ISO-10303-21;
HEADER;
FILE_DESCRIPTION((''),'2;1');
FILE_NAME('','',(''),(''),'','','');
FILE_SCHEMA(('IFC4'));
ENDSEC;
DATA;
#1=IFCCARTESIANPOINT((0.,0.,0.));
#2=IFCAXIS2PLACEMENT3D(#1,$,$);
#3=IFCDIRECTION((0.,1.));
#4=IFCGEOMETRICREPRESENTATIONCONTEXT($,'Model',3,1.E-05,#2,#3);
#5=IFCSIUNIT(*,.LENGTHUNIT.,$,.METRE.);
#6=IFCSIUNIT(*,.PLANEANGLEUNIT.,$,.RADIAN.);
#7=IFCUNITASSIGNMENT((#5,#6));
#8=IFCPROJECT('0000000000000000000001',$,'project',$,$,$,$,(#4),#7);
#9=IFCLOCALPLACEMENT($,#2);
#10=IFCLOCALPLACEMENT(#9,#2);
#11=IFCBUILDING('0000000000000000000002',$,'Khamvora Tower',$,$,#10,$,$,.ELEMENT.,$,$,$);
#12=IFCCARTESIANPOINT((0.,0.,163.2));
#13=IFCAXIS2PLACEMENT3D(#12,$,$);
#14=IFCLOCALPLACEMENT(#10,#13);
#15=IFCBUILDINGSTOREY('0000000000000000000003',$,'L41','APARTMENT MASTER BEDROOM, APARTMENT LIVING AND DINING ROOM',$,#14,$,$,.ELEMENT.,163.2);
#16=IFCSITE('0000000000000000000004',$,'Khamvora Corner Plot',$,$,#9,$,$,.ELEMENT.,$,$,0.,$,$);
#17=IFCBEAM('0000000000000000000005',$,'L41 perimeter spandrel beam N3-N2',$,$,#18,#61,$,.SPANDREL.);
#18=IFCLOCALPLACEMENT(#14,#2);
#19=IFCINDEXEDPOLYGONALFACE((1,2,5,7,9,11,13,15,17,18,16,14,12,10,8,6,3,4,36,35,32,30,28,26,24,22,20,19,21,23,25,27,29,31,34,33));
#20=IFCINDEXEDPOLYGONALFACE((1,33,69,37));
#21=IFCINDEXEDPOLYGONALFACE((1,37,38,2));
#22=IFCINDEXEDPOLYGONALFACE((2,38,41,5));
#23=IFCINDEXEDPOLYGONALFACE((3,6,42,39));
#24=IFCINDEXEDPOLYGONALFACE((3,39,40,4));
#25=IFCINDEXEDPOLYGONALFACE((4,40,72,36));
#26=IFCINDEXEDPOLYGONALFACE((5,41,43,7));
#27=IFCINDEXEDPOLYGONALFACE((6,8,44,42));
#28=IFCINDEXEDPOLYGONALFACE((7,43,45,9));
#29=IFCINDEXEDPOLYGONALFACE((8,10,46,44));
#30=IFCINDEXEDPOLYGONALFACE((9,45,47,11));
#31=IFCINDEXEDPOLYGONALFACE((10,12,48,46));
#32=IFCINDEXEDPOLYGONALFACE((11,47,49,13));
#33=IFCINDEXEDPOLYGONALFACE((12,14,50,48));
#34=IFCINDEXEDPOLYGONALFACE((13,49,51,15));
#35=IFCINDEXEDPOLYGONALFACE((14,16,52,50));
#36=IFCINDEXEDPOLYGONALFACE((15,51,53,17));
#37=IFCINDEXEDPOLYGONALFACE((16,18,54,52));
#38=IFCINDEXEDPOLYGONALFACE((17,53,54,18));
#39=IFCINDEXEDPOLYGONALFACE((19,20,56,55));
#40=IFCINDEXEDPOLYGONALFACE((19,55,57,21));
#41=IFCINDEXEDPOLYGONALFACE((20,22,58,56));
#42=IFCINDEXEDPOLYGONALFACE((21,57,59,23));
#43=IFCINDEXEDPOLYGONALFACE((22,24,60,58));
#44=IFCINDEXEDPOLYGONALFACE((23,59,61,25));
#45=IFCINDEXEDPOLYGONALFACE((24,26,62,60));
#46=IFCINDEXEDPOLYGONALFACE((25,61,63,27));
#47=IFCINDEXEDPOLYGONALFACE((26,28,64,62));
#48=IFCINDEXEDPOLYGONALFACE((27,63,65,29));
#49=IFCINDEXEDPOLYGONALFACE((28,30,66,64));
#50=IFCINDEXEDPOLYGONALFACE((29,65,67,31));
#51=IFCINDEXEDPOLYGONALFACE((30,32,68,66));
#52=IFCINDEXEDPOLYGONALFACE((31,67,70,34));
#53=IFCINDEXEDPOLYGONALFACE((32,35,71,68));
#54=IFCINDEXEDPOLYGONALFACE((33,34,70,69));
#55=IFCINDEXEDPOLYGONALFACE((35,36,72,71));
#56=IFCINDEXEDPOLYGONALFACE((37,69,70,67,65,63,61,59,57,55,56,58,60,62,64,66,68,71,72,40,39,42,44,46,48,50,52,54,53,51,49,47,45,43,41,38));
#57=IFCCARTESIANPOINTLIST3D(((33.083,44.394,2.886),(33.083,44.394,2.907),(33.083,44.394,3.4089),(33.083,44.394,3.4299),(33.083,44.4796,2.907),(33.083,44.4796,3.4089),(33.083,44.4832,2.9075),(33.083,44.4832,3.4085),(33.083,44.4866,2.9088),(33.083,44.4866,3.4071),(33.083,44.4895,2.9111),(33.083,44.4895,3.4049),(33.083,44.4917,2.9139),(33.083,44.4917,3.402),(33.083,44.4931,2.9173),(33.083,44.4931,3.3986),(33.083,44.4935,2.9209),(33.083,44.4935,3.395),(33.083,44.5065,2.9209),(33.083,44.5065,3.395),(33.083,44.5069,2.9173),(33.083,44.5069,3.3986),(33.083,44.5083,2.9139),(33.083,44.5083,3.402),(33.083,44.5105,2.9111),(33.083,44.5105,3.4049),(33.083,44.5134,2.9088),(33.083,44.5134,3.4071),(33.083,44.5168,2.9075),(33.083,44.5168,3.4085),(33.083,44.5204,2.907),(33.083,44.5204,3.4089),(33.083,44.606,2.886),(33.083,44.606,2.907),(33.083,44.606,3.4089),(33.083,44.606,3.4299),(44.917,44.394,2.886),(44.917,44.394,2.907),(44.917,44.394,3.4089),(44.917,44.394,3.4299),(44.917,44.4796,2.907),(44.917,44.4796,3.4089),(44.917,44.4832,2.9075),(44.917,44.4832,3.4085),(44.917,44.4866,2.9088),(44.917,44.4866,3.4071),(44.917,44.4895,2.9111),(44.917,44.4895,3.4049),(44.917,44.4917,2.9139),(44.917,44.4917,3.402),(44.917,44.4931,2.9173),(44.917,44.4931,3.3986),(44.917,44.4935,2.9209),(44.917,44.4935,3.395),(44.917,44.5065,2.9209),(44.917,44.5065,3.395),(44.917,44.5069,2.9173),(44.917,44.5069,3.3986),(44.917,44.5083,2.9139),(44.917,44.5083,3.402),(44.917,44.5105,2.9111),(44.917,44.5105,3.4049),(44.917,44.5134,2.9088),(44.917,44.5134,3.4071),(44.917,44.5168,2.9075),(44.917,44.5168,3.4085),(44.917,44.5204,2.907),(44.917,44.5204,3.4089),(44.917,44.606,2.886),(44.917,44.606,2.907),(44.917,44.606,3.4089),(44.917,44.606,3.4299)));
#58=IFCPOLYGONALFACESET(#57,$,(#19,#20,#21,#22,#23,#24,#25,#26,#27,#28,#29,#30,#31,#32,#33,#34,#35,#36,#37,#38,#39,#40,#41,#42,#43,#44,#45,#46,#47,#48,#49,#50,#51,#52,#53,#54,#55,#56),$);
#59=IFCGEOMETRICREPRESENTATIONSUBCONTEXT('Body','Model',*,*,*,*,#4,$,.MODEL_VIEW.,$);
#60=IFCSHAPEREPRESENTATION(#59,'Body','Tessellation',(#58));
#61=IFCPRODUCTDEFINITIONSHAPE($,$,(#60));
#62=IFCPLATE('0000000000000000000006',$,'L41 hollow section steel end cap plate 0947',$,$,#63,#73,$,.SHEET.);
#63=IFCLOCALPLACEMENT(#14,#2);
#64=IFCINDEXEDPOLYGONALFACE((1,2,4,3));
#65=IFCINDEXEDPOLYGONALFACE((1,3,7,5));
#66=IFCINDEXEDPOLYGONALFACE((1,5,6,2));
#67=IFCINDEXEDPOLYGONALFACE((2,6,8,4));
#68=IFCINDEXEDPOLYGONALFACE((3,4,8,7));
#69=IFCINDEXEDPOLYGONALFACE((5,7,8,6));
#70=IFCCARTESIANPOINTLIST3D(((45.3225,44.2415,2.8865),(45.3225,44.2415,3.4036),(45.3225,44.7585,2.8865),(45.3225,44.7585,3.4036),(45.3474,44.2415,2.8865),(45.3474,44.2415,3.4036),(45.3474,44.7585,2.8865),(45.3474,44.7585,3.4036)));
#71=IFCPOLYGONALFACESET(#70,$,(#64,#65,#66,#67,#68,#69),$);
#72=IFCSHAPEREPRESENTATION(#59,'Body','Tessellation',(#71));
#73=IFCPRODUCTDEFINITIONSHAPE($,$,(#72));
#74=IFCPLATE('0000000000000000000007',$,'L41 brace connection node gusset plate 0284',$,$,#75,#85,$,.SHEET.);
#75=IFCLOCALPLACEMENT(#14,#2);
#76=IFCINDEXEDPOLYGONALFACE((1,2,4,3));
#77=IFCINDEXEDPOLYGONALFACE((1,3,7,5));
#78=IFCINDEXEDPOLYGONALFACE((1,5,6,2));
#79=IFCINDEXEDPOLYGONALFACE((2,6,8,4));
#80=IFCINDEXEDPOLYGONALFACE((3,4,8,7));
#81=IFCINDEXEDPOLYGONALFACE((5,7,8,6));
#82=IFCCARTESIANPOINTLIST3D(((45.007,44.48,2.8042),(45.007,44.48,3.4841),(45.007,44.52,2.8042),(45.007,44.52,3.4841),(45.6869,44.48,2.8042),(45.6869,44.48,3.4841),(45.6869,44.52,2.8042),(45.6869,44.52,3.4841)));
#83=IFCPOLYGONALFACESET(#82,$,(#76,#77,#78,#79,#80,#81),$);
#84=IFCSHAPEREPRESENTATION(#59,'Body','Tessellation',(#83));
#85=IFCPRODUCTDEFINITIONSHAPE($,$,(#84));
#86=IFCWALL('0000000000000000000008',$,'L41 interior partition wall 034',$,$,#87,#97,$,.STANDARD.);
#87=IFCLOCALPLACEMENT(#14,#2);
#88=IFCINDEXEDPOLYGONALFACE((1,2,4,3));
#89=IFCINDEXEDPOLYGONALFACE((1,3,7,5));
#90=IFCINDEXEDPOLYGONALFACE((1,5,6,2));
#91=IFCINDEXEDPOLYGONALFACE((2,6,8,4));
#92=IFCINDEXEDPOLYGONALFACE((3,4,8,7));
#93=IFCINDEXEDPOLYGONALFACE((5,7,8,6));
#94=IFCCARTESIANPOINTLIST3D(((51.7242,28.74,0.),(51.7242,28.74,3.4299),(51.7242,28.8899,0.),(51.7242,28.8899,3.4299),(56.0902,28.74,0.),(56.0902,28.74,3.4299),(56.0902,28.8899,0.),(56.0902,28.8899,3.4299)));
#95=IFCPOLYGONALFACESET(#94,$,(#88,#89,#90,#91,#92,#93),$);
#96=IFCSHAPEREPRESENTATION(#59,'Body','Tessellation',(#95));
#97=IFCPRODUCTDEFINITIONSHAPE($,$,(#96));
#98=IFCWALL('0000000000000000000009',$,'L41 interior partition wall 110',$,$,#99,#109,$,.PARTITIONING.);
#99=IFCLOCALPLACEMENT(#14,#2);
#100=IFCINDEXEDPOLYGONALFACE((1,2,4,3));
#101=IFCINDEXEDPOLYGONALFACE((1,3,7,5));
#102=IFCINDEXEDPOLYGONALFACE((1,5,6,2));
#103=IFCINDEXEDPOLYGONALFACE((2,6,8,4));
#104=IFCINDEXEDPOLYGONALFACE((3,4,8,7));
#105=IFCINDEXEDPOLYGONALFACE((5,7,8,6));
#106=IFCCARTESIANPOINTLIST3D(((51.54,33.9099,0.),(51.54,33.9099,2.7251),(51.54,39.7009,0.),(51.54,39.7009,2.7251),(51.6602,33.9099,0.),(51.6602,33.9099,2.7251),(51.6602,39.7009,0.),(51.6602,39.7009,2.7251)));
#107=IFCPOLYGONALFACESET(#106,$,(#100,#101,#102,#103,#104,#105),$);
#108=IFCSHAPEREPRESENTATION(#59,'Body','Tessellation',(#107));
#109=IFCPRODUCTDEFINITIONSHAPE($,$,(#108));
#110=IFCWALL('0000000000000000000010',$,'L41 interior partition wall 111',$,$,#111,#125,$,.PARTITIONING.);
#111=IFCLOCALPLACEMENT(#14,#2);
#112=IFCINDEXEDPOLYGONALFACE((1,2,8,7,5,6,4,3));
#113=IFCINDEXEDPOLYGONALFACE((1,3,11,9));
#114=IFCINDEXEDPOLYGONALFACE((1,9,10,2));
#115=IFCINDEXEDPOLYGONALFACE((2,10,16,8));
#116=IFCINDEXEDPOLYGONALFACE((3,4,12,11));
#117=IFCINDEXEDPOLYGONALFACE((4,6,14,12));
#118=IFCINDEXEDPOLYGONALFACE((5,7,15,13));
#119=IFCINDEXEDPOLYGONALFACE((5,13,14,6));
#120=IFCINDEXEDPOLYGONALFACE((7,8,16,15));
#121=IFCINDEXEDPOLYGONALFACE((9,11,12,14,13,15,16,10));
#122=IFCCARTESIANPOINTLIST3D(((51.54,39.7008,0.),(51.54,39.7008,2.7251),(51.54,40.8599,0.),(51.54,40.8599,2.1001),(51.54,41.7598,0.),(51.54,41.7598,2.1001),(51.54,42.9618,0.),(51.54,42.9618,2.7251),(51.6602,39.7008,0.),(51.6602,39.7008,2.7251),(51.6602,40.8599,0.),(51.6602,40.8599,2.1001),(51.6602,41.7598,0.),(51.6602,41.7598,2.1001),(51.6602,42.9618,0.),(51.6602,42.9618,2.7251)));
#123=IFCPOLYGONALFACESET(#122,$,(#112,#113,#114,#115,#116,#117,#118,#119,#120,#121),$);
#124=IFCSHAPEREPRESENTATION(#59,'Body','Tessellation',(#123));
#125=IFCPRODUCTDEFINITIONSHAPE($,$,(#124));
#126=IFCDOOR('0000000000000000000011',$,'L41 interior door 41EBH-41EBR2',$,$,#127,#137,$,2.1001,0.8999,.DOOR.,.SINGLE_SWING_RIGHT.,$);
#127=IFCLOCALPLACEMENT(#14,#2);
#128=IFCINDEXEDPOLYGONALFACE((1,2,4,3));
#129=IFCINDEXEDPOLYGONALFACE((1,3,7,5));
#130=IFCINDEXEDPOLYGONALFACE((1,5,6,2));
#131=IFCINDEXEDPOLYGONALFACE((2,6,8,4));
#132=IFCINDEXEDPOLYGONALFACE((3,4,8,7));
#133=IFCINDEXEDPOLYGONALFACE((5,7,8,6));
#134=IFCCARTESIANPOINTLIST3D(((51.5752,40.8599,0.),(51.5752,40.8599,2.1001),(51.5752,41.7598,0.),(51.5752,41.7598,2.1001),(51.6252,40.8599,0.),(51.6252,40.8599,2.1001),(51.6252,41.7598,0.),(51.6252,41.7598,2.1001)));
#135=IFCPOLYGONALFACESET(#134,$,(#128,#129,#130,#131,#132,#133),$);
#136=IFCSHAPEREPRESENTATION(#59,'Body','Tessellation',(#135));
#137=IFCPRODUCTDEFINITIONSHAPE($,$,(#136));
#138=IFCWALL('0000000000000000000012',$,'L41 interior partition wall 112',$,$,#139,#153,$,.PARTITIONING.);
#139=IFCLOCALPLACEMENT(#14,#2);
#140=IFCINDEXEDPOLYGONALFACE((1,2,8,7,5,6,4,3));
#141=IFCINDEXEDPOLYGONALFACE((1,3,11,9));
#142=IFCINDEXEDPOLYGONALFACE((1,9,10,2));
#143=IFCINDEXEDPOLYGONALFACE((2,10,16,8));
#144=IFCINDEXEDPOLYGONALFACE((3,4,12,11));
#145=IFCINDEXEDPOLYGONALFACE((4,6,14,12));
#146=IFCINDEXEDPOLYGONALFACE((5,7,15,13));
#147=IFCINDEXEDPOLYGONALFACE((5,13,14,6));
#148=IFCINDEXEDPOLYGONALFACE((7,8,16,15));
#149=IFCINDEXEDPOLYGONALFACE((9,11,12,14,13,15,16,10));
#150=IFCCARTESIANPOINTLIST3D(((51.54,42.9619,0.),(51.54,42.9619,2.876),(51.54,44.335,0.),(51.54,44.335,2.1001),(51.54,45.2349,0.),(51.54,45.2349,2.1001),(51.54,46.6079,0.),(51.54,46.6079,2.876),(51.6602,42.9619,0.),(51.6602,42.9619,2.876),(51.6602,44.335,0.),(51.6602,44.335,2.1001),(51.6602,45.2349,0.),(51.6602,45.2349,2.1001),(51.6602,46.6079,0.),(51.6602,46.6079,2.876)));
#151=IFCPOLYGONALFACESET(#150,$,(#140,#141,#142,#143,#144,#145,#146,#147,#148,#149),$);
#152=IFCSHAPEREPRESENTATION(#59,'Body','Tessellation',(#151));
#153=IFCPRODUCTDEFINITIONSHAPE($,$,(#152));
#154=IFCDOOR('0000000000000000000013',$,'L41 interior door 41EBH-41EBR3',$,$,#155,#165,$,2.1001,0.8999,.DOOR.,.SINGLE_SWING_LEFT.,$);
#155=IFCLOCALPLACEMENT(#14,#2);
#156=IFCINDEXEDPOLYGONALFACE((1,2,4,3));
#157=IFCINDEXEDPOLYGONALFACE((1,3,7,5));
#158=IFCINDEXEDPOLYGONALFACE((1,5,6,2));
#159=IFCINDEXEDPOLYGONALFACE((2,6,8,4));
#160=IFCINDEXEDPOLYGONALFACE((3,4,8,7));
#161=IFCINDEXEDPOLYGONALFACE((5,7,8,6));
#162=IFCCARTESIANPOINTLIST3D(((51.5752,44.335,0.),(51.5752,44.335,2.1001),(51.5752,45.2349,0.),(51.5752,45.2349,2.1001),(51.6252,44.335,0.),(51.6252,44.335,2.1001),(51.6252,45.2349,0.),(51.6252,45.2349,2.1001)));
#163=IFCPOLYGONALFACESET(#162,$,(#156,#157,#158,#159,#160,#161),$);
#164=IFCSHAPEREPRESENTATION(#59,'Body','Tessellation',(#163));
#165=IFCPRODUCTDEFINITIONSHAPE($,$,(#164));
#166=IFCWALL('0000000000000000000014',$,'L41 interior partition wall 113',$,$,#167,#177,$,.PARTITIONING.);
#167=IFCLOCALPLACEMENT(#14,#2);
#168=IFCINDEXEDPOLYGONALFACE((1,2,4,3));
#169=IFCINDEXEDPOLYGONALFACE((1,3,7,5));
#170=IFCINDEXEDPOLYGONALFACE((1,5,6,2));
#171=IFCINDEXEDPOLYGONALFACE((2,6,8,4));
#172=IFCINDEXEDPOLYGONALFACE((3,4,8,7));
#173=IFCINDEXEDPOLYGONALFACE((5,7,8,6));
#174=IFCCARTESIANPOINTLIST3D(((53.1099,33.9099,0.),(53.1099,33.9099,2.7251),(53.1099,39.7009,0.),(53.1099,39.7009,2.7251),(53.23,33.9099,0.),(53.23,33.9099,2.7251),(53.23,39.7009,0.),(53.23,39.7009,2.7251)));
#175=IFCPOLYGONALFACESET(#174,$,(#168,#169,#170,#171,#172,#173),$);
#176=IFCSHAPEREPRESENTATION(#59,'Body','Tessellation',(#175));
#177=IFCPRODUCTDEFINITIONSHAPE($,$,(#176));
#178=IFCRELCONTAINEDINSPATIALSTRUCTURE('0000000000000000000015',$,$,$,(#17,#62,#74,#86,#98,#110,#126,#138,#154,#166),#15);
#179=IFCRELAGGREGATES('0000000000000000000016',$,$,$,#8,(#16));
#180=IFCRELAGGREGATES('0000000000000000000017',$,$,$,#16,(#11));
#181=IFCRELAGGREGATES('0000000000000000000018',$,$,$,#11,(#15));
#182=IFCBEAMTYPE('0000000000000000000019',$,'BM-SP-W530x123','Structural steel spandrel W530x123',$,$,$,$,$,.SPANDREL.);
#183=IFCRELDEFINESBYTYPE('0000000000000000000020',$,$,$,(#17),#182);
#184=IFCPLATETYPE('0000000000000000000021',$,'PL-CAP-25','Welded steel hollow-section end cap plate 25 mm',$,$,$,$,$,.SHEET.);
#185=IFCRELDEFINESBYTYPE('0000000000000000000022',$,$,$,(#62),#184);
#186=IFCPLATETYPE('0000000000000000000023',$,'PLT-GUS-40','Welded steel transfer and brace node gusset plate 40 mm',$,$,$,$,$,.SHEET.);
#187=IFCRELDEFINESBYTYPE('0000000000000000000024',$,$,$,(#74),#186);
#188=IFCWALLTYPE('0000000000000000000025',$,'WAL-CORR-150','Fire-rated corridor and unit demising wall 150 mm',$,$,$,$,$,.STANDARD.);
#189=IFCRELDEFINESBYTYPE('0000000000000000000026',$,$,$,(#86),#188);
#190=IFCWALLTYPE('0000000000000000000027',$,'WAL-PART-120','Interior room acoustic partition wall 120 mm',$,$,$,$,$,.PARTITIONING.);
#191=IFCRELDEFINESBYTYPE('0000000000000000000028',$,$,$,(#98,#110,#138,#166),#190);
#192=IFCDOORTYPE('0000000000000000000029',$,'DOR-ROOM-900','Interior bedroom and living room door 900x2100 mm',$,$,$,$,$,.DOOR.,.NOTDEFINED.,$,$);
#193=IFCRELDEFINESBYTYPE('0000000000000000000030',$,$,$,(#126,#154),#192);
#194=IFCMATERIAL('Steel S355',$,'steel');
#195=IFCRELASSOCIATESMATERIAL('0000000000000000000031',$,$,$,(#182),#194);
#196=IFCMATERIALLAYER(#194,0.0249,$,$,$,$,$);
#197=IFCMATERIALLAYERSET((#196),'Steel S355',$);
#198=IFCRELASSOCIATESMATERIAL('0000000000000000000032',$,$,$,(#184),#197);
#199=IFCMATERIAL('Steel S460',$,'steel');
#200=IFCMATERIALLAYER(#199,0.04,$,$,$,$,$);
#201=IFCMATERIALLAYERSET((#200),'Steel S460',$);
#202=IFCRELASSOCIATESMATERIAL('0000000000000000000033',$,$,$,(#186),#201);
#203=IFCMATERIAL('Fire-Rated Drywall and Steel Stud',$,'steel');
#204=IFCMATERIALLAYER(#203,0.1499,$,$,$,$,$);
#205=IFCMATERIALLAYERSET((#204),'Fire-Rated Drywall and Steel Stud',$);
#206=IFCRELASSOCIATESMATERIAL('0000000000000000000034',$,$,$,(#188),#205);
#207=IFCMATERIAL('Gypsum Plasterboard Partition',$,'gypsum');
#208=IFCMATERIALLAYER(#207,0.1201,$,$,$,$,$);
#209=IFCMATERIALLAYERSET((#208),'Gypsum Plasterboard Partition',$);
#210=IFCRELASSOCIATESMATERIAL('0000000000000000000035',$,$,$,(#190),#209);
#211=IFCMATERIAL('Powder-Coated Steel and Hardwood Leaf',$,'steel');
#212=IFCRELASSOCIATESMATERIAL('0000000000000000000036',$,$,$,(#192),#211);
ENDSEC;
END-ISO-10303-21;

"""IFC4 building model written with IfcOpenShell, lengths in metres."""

from ifc_helpers import new_model, si_unit, direction, frame, frame_2d, origin, origin_2d, place, context, subcontext, project, spatial, rectangle, i_section, extrude, material, layer, layer_set, material_profile, profile_set, type_object, element, fill, save


model = new_model("IFC4")

# Units and contexts
model_context = context("Model", 3, precision=1e-05, world=origin(), true_north=direction((0.0, 1.0)))
body_context = subcontext(model_context, "Body", "Model", "MODEL_VIEW")
ifc_project = project(units=[si_unit("LENGTHUNIT", "METRE"), si_unit("PLANEANGLEUNIT", "RADIAN")], contexts=[model_context])

# Site, building, storey
site_placement = place(None, origin())
site = spatial("IfcSite", under=ifc_project, at=site_placement, Name="Khamvora Corner Plot", CompositionType="ELEMENT", RefElevation=0.0)
building_placement = place(site_placement, origin())
building = spatial("IfcBuilding", under=site, at=building_placement, Name="Khamvora Tower", CompositionType="ELEMENT")
storey_placement = place(building_placement, frame((0.0, 0.0, 163.2)))
storey = spatial("IfcBuildingStorey", under=building, at=storey_placement, Name="L41", Description="APARTMENT MASTER BEDROOM, APARTMENT LIVING AND DINING ROOM", CompositionType="ELEMENT", Elevation=163.2)

# Shared definitions
ifc_material_1 = material(Name="Steel S355", Category="steel")

# Beam
ifc_material_profile_1 = material_profile(ifc_material_1, i_section(OverallWidth=0.2119, OverallDepth=0.5439, WebThickness=0.0129, FlangeThickness=0.021, FilletRadius=0.0139, at=origin_2d()), Name="W530x123")
ifc_profile_set_1 = profile_set([ifc_material_profile_1], Name="Steel S355")
beam_type_1 = type_object("IfcBeamType", Name="BM-SP-W530x123", Description="Structural steel spandrel W530x123", PredefinedType="SPANDREL", material=ifc_profile_set_1)
beam_1_placement = place(storey_placement, frame((44.917, 44.5, 3.158), z_axis=(-1.0, 0.0, 0.0), x_axis=(0.0, -1.0, 0.0)))
element("IfcBeam", 1, at=beam_1_placement, inside=storey, type_object=beam_type_1, Name="L41 perimeter spandrel beam N3-N2", PredefinedType="SPANDREL", context=body_context, shape_type="SweptSolid", body=[
    extrude(i_section(OverallWidth=0.2119, OverallDepth=0.5439, WebThickness=0.0129, FlangeThickness=0.021, FilletRadius=0.0139, at=origin_2d()), origin(), (0.0, 0.0, 1.0), 11.834),
])

# Plates
ifc_layer_1 = layer(ifc_material_1, 0.0249)
ifc_layer_set_1 = layer_set([ifc_layer_1], Name="Steel S355")
plate_type_1 = type_object("IfcPlateType", Name="PL-CAP-25", Description="Welded steel hollow-section end cap plate 25 mm", PredefinedType="SHEET", material=ifc_layer_set_1)
plate_1_placement = place(storey_placement, frame((45.335, 44.5, 2.8865), z_axis=(0.0, 0.0, 1.0), x_axis=(-1.0, 0.0, 0.0)))
element("IfcPlate", 2, at=plate_1_placement, inside=storey, type_object=plate_type_1, Name="L41 hollow section steel end cap plate 0947", PredefinedType="SHEET", context=body_context, shape_type="SweptSolid", body=[
    extrude(rectangle(XDim=0.0249, YDim=0.5171, at=origin_2d()), origin(), (0.0, 0.0, 1.0), 0.5171),
])
ifc_material_2 = material(Name="Steel S460", Category="steel")
ifc_layer_2 = layer(ifc_material_2, 0.04)
ifc_layer_set_2 = layer_set([ifc_layer_2], Name="Steel S460")
plate_type_2 = type_object("IfcPlateType", Name="PLT-GUS-40", Description="Welded steel transfer and brace node gusset plate 40 mm", PredefinedType="SHEET", material=ifc_layer_set_2)
plate_2_placement = place(storey_placement, frame((45.3469, 44.5, 2.8042), z_axis=(0.0, 0.0, 1.0), x_axis=(1.0, 0.0, 0.0)))
element("IfcPlate", 3, at=plate_2_placement, inside=storey, type_object=plate_type_2, Name="L41 brace connection node gusset plate 0284", PredefinedType="SHEET", context=body_context, shape_type="SweptSolid", body=[
    extrude(rectangle(XDim=0.6799, YDim=0.04, at=origin_2d()), origin(), (0.0, 0.0, 1.0), 0.6799),
])

# Shared definitions
ifc_material_3 = material(Name="Fire-Rated Drywall and Steel Stud", Category="steel")
ifc_layer_3 = layer(ifc_material_3, 0.1499)
ifc_layer_set_3 = layer_set([ifc_layer_3], Name="Fire-Rated Drywall and Steel Stud")
wall_type_1 = type_object("IfcWallType", Name="WAL-CORR-150", Description="Fire-rated corridor and unit demising wall 150 mm", PredefinedType="STANDARD", material=ifc_layer_set_3)
ifc_material_4 = material(Name="Powder-Coated Steel and Hardwood Leaf", Category="steel")

# Walls
wall_1_placement = place(storey_placement, frame((51.7241, 28.8149, 0.0), z_axis=(0.0, 0.0, 1.0), x_axis=(1.0, 0.0, 0.0)))
element("IfcWall", 4, at=wall_1_placement, inside=storey, type_object=wall_type_1, Name="L41 interior partition wall 034", PredefinedType="STANDARD", context=body_context, shape_type="SweptSolid", body=[
    extrude(rectangle(XDim=4.366, YDim=0.1499, at=frame_2d((2.1831, 0.0))), origin(), (0.0, 0.0, 1.0), 3.4299),
])
ifc_material_5 = material(Name="Gypsum Plasterboard Partition", Category="gypsum")
ifc_layer_4 = layer(ifc_material_5, 0.1201)
ifc_layer_set_4 = layer_set([ifc_layer_4], Name="Gypsum Plasterboard Partition")
wall_type_2 = type_object("IfcWallType", Name="WAL-PART-120", Description="Interior room acoustic partition wall 120 mm", PredefinedType="PARTITIONING", material=ifc_layer_set_4)
wall_2_placement = place(storey_placement, frame((51.6001, 33.9099, 0.0), z_axis=(0.0, 0.0, 1.0), x_axis=(0.0, 1.0, 0.0)))
element("IfcWall", 5, at=wall_2_placement, inside=storey, type_object=wall_type_2, Name="L41 interior partition wall 110", PredefinedType="PARTITIONING", context=body_context, shape_type="SweptSolid", body=[
    extrude(rectangle(XDim=5.791, YDim=0.1201, at=frame_2d((2.8955, 0.0))), origin(), (0.0, 0.0, 1.0), 2.7251),
])

# Walls, openings, doors
wall_3_placement = place(storey_placement, frame((51.6001, 39.7009, 0.0), z_axis=(0.0, 0.0, 1.0), x_axis=(0.0, 1.0, 0.0)))
wall_3 = element("IfcWall", 6, at=wall_3_placement, inside=storey, type_object=wall_type_2, Name="L41 interior partition wall 111", PredefinedType="PARTITIONING", context=body_context, shape_type="SweptSolid", body=[
    extrude(rectangle(XDim=3.261, YDim=0.1201, at=frame_2d((1.6304, 0.0))), origin(), (0.0, 0.0, 1.0), 2.7251),
])
opening_1_placement = place(wall_3_placement, frame((1.1589, 0.0, 0.0)))
opening_1 = element("IfcOpeningElement", 7, at=opening_1_placement, cuts=wall_3, PredefinedType="OPENING", context=body_context, shape_type="SweptSolid", body=[
    extrude(rectangle(XDim=0.8999, YDim=2.1001, at=frame_2d((0.45, 1.05))), frame((0.0, 0.0701, 0.0), z_axis=(0.0, -1.0, 0.0), x_axis=(1.0, 0.0, 0.0)), (0.0, 0.0, 1.0), 0.1401),
])
door_type_1 = type_object("IfcDoorType", Name="DOR-ROOM-900", Description="Interior bedroom and living room door 900x2100 mm", OperationType="NOTDEFINED", PredefinedType="DOOR", material=ifc_material_4)
door_1_placement = place(opening_1_placement, origin())
door_1 = element("IfcDoor", 8, at=door_1_placement, inside=storey, type_object=door_type_1, Name="L41 interior door 41EBH-41EBR2", OperationType="SINGLE_SWING_RIGHT", OverallHeight=2.1001, OverallWidth=0.8999, PredefinedType="DOOR", context=body_context, shape_type="SweptSolid", body=[
    extrude(rectangle(XDim=0.8999, YDim=2.1001, at=frame_2d((0.45, 1.05))), frame((0.0, 0.0249, 0.0), z_axis=(0.0, -1.0, 0.0), x_axis=(1.0, 0.0, 0.0)), (0.0, 0.0, 1.0), 0.05),
])
fill(opening_1, door_1)
wall_4_placement = place(storey_placement, frame((51.6001, 42.9619, 0.0), z_axis=(0.0, 0.0, 1.0), x_axis=(0.0, 1.0, 0.0)))
wall_4 = element("IfcWall", 9, at=wall_4_placement, inside=storey, type_object=wall_type_2, Name="L41 interior partition wall 112", PredefinedType="PARTITIONING", context=body_context, shape_type="SweptSolid", body=[
    extrude(rectangle(XDim=3.646, YDim=0.1201, at=frame_2d((1.823, 0.0))), origin(), (0.0, 0.0, 1.0), 2.876),
])
opening_2_placement = place(wall_4_placement, frame((1.373, 0.0, 0.0)))
opening_2 = element("IfcOpeningElement", 10, at=opening_2_placement, cuts=wall_4, PredefinedType="OPENING", context=body_context, shape_type="SweptSolid", body=[
    extrude(rectangle(XDim=0.8999, YDim=2.1001, at=frame_2d((0.45, 1.05))), frame((0.0, 0.0701, 0.0), z_axis=(0.0, -1.0, 0.0), x_axis=(1.0, 0.0, 0.0)), (0.0, 0.0, 1.0), 0.1401),
])
door_2_placement = place(opening_2_placement, origin())
door_2 = element("IfcDoor", 11, at=door_2_placement, inside=storey, type_object=door_type_1, Name="L41 interior door 41EBH-41EBR3", OperationType="SINGLE_SWING_LEFT", OverallHeight=2.1001, OverallWidth=0.8999, PredefinedType="DOOR", context=body_context, shape_type="SweptSolid", body=[
    extrude(rectangle(XDim=0.8999, YDim=2.1001, at=frame_2d((0.45, 1.05))), frame((0.0, 0.0249, 0.0), z_axis=(0.0, -1.0, 0.0), x_axis=(1.0, 0.0, 0.0)), (0.0, 0.0, 1.0), 0.05),
])
fill(opening_2, door_2)

# Wall
wall_5_placement = place(storey_placement, frame((53.1699, 39.7009, 0.0), z_axis=(0.0, 0.0, 1.0), x_axis=(0.0, -1.0, 0.0)))
element("IfcWall", 12, at=wall_5_placement, inside=storey, type_object=wall_type_2, Name="L41 interior partition wall 113", PredefinedType="PARTITIONING", context=body_context, shape_type="SweptSolid", body=[
    extrude(rectangle(XDim=5.791, YDim=0.1201, at=frame_2d((2.8955, 0.0))), origin(), (0.0, 0.0, 1.0), 2.7251),
])

save(model, "model.ifc")
